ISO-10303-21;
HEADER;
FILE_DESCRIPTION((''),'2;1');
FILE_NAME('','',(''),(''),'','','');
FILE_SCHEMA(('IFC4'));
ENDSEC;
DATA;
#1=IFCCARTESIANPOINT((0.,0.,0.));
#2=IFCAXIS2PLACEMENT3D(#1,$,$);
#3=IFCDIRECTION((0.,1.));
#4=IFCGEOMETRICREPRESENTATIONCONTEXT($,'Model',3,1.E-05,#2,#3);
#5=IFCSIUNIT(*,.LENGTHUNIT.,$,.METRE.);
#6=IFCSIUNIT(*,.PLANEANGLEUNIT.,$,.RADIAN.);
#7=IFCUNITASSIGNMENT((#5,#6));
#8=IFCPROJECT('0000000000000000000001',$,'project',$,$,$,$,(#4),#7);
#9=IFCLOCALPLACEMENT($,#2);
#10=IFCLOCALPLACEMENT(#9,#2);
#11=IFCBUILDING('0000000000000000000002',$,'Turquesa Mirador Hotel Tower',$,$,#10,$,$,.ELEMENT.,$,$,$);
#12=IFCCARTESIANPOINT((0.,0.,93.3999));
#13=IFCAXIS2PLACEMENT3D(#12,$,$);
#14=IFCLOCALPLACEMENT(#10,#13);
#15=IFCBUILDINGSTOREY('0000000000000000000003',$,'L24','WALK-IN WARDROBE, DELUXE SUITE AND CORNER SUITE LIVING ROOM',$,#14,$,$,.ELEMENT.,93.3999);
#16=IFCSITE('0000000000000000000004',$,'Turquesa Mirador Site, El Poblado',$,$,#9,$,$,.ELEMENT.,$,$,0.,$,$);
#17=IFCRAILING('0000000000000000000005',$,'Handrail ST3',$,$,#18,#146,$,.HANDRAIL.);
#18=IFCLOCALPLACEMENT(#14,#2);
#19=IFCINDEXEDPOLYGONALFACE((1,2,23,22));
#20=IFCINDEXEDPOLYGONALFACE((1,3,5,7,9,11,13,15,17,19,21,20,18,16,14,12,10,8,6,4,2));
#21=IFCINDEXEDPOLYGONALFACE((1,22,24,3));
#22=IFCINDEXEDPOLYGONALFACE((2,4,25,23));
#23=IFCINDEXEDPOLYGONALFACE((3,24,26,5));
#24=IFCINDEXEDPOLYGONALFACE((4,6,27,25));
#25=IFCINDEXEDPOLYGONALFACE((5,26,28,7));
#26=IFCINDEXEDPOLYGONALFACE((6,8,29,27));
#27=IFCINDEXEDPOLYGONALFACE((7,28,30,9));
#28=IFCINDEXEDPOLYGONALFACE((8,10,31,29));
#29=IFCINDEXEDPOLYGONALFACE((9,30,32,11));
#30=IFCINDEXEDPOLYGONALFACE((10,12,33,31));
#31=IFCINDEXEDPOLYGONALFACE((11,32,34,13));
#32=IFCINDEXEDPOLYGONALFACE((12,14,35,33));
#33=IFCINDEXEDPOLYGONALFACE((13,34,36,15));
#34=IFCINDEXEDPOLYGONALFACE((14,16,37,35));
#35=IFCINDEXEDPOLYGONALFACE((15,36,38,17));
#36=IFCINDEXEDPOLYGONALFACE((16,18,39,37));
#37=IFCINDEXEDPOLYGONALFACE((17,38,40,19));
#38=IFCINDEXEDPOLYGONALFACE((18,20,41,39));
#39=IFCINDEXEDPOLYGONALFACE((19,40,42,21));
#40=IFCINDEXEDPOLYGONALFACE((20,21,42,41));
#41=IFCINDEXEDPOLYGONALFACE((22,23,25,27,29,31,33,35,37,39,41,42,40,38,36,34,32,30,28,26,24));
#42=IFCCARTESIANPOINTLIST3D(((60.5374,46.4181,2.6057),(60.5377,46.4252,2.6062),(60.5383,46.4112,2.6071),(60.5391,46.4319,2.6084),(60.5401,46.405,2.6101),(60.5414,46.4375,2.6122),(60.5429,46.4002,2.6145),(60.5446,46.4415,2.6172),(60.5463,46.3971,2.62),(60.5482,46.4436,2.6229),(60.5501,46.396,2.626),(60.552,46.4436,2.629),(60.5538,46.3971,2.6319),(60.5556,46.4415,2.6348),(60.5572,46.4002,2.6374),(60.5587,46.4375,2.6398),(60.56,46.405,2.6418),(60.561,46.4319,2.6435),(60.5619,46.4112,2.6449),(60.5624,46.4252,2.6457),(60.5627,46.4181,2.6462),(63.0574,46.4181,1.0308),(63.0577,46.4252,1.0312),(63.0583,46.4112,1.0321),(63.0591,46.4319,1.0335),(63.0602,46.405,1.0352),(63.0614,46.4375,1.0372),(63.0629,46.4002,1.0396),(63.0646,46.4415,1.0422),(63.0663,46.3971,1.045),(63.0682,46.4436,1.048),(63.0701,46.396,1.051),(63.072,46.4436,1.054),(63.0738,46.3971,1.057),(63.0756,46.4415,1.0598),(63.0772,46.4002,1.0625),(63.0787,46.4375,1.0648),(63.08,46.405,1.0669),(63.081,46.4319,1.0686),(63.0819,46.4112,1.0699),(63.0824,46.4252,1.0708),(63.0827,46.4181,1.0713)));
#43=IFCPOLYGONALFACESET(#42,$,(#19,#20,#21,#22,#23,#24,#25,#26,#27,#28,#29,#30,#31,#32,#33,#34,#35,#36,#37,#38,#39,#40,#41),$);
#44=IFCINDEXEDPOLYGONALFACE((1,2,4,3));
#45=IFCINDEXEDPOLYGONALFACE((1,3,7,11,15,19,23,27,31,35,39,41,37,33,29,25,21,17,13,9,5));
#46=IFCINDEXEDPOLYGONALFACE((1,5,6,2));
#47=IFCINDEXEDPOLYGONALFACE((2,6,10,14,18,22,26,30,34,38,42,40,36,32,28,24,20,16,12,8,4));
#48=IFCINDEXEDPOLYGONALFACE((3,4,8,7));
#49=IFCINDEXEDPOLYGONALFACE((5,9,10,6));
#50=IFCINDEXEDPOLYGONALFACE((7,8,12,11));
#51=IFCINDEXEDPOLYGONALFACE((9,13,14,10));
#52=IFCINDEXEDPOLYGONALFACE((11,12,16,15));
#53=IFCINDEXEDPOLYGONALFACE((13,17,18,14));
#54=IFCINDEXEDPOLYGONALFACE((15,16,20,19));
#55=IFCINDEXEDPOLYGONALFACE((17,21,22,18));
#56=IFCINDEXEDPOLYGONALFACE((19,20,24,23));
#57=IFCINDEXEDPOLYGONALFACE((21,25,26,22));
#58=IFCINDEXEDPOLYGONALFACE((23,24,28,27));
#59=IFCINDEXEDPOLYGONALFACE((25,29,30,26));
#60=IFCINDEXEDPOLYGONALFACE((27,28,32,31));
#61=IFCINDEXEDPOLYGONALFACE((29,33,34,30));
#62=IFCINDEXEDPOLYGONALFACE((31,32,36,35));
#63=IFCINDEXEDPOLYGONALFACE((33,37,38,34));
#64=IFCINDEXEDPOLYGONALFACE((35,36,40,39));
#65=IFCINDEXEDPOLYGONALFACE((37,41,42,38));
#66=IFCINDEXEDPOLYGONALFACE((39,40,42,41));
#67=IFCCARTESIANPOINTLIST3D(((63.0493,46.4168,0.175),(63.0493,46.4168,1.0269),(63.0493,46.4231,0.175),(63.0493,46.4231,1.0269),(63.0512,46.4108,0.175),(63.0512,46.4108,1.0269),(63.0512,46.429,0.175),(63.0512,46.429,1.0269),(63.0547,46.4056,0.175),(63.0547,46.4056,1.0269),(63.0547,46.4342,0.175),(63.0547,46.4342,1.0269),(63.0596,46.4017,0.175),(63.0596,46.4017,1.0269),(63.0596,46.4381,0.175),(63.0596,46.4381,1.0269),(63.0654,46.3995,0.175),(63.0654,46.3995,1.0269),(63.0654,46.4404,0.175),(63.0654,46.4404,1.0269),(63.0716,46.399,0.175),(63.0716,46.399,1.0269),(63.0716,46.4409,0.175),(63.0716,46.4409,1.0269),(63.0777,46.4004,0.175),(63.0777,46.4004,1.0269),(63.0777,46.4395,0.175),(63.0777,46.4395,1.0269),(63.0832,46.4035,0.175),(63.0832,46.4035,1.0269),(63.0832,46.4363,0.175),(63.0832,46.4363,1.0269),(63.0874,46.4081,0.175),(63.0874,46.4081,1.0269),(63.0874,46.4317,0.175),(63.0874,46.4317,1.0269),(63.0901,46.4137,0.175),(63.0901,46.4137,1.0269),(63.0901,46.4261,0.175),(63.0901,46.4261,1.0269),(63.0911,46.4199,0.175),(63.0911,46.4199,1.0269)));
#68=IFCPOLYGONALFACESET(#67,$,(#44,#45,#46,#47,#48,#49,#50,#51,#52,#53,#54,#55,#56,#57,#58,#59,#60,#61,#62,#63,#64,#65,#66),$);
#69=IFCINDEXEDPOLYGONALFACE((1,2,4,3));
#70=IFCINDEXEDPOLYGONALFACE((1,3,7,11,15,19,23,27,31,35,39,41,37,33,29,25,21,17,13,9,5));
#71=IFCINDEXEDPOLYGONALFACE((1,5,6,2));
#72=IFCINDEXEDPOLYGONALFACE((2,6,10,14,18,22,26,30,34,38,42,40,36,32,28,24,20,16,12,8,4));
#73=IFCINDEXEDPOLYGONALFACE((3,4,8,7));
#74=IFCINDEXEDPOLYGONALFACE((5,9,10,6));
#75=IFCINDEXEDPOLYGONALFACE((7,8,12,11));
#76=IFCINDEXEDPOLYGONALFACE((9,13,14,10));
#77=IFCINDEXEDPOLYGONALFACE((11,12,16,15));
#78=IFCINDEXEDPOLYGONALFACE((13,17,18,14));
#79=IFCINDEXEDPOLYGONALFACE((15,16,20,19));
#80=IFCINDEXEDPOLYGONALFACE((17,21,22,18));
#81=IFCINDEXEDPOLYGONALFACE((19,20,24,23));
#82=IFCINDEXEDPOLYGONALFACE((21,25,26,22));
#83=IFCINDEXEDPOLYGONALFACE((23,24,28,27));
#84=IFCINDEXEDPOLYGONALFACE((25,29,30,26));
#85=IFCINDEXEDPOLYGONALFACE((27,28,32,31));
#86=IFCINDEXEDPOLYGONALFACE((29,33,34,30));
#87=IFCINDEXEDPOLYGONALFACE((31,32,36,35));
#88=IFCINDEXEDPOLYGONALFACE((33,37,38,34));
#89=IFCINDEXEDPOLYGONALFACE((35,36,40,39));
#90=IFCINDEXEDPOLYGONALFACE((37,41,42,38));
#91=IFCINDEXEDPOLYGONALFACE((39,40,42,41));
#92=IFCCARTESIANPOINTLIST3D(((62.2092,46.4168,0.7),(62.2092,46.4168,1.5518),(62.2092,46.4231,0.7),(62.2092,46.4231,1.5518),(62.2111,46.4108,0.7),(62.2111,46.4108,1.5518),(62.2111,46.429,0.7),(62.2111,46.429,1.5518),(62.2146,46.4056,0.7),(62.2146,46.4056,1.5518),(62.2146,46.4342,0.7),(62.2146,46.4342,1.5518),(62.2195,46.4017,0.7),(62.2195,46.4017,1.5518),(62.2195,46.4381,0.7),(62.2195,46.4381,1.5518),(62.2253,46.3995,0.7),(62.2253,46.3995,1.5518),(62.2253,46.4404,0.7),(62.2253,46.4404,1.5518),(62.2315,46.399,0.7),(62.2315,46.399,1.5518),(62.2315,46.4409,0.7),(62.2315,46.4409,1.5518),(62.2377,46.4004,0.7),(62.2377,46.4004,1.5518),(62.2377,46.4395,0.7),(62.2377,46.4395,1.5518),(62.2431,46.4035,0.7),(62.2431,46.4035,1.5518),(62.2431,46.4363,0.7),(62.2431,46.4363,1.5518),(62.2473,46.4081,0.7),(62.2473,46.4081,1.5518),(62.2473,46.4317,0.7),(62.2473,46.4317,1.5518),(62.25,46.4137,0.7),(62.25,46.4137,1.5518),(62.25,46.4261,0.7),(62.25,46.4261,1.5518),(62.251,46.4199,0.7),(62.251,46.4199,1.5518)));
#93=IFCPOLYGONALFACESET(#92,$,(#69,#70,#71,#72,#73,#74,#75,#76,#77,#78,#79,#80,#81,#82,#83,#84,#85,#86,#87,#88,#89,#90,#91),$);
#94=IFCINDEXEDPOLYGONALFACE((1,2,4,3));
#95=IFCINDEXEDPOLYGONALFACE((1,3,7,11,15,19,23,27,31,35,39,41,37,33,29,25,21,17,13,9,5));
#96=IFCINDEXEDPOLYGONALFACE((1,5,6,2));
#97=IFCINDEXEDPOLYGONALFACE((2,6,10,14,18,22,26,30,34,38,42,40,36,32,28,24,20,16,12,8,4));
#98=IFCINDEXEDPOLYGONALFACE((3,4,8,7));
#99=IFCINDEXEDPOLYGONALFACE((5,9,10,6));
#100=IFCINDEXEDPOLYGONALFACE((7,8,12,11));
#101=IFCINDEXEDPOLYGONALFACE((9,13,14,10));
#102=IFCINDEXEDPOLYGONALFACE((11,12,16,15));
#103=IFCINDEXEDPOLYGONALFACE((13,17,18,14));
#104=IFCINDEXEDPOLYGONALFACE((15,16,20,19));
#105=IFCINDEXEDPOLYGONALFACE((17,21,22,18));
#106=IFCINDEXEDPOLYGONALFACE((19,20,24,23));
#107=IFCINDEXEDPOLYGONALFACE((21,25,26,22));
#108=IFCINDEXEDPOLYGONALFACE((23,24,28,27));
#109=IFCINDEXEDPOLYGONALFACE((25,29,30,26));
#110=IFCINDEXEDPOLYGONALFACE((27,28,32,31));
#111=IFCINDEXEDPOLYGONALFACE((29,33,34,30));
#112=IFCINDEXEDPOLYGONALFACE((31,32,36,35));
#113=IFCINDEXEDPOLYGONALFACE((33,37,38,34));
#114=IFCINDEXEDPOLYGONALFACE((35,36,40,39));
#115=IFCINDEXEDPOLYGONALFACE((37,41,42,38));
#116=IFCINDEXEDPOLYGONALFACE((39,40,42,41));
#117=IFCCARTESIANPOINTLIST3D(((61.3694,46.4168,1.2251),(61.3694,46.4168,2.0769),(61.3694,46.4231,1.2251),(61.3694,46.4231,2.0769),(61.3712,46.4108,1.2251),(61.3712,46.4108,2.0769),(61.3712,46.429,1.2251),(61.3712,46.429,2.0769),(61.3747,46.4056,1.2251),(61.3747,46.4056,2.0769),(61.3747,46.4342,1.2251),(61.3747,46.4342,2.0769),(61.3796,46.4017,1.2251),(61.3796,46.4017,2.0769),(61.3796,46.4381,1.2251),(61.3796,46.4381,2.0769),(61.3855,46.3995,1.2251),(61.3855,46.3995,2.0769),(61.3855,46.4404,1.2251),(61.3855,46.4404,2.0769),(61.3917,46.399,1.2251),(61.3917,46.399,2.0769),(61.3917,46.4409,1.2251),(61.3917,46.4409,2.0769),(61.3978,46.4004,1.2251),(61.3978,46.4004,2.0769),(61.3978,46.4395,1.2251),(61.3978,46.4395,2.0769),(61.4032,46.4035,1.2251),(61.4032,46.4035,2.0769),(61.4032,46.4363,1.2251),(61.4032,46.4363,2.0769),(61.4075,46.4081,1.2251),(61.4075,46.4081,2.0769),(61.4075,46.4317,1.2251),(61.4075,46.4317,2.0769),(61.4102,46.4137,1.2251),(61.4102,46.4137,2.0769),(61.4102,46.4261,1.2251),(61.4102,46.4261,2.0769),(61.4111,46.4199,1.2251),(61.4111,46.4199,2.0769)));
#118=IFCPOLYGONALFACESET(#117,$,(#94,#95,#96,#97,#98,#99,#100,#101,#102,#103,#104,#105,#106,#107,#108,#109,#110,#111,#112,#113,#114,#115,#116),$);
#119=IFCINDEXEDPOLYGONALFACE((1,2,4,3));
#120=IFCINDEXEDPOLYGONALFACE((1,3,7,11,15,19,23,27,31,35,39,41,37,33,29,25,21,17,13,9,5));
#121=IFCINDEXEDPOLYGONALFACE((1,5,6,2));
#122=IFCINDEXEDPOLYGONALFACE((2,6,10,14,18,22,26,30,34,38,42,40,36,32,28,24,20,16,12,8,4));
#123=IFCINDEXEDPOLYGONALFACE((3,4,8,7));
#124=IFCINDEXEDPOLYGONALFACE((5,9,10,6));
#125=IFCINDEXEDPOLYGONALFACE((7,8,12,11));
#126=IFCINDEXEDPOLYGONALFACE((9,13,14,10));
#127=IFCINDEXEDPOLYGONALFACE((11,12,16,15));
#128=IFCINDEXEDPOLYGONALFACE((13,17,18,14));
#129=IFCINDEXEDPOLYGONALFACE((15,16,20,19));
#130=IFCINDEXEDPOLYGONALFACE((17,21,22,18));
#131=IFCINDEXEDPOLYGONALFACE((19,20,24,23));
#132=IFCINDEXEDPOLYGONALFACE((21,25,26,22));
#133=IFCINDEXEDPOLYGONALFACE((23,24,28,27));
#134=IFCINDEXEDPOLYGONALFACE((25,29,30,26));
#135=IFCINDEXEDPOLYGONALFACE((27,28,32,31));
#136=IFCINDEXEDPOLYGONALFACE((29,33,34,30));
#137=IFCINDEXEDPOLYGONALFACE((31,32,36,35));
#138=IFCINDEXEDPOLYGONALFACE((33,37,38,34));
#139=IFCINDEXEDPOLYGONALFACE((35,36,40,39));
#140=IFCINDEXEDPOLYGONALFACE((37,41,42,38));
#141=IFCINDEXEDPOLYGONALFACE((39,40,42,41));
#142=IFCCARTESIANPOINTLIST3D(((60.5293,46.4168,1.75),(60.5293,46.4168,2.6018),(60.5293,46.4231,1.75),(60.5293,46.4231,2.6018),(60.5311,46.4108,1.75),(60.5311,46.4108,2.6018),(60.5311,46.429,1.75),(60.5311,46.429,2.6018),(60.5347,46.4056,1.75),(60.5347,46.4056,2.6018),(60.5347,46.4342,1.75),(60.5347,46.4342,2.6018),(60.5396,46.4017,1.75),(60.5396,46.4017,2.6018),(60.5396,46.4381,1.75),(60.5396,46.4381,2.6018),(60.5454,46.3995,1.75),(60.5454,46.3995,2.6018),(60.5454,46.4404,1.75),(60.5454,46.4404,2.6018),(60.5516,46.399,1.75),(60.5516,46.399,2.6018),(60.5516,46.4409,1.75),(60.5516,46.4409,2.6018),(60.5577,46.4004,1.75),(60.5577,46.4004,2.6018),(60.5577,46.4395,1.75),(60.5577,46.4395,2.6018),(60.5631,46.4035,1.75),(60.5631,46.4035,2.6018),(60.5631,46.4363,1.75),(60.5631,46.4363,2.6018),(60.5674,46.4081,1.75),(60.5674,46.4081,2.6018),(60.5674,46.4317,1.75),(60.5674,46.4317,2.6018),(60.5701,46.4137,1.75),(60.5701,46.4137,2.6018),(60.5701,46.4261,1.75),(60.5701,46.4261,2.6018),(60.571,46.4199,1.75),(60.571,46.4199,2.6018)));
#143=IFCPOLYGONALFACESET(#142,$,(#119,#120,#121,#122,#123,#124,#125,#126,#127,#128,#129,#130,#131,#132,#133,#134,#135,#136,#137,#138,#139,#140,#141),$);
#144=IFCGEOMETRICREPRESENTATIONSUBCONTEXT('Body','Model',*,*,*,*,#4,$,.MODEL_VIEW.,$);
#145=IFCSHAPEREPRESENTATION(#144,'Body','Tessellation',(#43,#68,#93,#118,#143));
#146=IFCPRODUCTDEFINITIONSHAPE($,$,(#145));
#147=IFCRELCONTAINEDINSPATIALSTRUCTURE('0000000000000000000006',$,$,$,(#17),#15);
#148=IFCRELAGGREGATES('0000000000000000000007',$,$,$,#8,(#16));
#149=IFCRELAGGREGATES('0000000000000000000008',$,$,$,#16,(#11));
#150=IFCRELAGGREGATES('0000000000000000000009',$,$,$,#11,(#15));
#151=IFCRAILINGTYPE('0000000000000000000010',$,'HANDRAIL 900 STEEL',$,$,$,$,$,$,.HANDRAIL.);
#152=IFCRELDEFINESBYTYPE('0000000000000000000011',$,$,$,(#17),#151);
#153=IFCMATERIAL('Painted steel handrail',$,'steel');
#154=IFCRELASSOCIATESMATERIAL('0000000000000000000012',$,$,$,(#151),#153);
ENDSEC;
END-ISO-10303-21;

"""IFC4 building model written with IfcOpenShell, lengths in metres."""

from ifc_helpers import new_model, si_unit, direction, frame, origin, origin_2d, place, context, subcontext, project, spatial, circle, extrude, material, type_object, element, save


model = new_model("IFC4")

# Units and contexts
model_context = context("Model", 3, precision=1e-05, world=origin(), true_north=direction((0.0, 1.0)))
body_context = subcontext(model_context, "Body", "Model", "MODEL_VIEW")
ifc_project = project(units=[si_unit("LENGTHUNIT", "METRE"), si_unit("PLANEANGLEUNIT", "RADIAN")], contexts=[model_context])

# Site, building, storey
site_placement = place(None, origin())
site = spatial("IfcSite", under=ifc_project, at=site_placement, Name="Turquesa Mirador Site, El Poblado", CompositionType="ELEMENT", RefElevation=0.0)
building_placement = place(site_placement, origin())
building = spatial("IfcBuilding", under=site, at=building_placement, Name="Turquesa Mirador Hotel Tower", CompositionType="ELEMENT")
storey_placement = place(building_placement, frame((0.0, 0.0, 93.3999)))
storey = spatial("IfcBuildingStorey", under=building, at=storey_placement, Name="L24", Description="WALK-IN WARDROBE, DELUXE SUITE AND CORNER SUITE LIVING ROOM", CompositionType="ELEMENT", Elevation=93.3999)

# Railing
ifc_material_1 = material(Name="Painted steel handrail", Category="steel")
railing_type = type_object("IfcRailingType", Name="HANDRAIL 900 STEEL", PredefinedType="HANDRAIL", material=ifc_material_1)
railing_1_placement = place(storey_placement, frame((63.0701, 46.4199, 0.175)))
element("IfcRailing", 1, at=railing_1_placement, inside=storey, type_object=railing_type, Name="Handrail ST3", PredefinedType="HANDRAIL", context=body_context, shape_type="SweptSolid", body=[
    extrude(circle(Radius=0.0239, at=origin_2d()), frame((0.0, 0.0, 0.876), z_axis=(-0.848008, 0.0, 0.529984), x_axis=(0.0, -1.0, 0.0)), (0.0, 0.0, 1.0), 2.9717),
    extrude(circle(Radius=0.021, at=origin_2d()), origin(), (0.0, 0.0, 1.0), 0.8518),
    extrude(circle(Radius=0.021, at=origin_2d()), frame((-0.8401, 0.0, 0.5249)), (0.0, 0.0, 1.0), 0.8518),
    extrude(circle(Radius=0.021, at=origin_2d()), frame((-1.6799, 0.0, 1.05)), (0.0, 0.0, 1.0), 0.8518),
    extrude(circle(Radius=0.021, at=origin_2d()), frame((-2.52, 0.0, 1.575)), (0.0, 0.0, 1.0), 0.8518),
])

save(model, "model.ifc")
